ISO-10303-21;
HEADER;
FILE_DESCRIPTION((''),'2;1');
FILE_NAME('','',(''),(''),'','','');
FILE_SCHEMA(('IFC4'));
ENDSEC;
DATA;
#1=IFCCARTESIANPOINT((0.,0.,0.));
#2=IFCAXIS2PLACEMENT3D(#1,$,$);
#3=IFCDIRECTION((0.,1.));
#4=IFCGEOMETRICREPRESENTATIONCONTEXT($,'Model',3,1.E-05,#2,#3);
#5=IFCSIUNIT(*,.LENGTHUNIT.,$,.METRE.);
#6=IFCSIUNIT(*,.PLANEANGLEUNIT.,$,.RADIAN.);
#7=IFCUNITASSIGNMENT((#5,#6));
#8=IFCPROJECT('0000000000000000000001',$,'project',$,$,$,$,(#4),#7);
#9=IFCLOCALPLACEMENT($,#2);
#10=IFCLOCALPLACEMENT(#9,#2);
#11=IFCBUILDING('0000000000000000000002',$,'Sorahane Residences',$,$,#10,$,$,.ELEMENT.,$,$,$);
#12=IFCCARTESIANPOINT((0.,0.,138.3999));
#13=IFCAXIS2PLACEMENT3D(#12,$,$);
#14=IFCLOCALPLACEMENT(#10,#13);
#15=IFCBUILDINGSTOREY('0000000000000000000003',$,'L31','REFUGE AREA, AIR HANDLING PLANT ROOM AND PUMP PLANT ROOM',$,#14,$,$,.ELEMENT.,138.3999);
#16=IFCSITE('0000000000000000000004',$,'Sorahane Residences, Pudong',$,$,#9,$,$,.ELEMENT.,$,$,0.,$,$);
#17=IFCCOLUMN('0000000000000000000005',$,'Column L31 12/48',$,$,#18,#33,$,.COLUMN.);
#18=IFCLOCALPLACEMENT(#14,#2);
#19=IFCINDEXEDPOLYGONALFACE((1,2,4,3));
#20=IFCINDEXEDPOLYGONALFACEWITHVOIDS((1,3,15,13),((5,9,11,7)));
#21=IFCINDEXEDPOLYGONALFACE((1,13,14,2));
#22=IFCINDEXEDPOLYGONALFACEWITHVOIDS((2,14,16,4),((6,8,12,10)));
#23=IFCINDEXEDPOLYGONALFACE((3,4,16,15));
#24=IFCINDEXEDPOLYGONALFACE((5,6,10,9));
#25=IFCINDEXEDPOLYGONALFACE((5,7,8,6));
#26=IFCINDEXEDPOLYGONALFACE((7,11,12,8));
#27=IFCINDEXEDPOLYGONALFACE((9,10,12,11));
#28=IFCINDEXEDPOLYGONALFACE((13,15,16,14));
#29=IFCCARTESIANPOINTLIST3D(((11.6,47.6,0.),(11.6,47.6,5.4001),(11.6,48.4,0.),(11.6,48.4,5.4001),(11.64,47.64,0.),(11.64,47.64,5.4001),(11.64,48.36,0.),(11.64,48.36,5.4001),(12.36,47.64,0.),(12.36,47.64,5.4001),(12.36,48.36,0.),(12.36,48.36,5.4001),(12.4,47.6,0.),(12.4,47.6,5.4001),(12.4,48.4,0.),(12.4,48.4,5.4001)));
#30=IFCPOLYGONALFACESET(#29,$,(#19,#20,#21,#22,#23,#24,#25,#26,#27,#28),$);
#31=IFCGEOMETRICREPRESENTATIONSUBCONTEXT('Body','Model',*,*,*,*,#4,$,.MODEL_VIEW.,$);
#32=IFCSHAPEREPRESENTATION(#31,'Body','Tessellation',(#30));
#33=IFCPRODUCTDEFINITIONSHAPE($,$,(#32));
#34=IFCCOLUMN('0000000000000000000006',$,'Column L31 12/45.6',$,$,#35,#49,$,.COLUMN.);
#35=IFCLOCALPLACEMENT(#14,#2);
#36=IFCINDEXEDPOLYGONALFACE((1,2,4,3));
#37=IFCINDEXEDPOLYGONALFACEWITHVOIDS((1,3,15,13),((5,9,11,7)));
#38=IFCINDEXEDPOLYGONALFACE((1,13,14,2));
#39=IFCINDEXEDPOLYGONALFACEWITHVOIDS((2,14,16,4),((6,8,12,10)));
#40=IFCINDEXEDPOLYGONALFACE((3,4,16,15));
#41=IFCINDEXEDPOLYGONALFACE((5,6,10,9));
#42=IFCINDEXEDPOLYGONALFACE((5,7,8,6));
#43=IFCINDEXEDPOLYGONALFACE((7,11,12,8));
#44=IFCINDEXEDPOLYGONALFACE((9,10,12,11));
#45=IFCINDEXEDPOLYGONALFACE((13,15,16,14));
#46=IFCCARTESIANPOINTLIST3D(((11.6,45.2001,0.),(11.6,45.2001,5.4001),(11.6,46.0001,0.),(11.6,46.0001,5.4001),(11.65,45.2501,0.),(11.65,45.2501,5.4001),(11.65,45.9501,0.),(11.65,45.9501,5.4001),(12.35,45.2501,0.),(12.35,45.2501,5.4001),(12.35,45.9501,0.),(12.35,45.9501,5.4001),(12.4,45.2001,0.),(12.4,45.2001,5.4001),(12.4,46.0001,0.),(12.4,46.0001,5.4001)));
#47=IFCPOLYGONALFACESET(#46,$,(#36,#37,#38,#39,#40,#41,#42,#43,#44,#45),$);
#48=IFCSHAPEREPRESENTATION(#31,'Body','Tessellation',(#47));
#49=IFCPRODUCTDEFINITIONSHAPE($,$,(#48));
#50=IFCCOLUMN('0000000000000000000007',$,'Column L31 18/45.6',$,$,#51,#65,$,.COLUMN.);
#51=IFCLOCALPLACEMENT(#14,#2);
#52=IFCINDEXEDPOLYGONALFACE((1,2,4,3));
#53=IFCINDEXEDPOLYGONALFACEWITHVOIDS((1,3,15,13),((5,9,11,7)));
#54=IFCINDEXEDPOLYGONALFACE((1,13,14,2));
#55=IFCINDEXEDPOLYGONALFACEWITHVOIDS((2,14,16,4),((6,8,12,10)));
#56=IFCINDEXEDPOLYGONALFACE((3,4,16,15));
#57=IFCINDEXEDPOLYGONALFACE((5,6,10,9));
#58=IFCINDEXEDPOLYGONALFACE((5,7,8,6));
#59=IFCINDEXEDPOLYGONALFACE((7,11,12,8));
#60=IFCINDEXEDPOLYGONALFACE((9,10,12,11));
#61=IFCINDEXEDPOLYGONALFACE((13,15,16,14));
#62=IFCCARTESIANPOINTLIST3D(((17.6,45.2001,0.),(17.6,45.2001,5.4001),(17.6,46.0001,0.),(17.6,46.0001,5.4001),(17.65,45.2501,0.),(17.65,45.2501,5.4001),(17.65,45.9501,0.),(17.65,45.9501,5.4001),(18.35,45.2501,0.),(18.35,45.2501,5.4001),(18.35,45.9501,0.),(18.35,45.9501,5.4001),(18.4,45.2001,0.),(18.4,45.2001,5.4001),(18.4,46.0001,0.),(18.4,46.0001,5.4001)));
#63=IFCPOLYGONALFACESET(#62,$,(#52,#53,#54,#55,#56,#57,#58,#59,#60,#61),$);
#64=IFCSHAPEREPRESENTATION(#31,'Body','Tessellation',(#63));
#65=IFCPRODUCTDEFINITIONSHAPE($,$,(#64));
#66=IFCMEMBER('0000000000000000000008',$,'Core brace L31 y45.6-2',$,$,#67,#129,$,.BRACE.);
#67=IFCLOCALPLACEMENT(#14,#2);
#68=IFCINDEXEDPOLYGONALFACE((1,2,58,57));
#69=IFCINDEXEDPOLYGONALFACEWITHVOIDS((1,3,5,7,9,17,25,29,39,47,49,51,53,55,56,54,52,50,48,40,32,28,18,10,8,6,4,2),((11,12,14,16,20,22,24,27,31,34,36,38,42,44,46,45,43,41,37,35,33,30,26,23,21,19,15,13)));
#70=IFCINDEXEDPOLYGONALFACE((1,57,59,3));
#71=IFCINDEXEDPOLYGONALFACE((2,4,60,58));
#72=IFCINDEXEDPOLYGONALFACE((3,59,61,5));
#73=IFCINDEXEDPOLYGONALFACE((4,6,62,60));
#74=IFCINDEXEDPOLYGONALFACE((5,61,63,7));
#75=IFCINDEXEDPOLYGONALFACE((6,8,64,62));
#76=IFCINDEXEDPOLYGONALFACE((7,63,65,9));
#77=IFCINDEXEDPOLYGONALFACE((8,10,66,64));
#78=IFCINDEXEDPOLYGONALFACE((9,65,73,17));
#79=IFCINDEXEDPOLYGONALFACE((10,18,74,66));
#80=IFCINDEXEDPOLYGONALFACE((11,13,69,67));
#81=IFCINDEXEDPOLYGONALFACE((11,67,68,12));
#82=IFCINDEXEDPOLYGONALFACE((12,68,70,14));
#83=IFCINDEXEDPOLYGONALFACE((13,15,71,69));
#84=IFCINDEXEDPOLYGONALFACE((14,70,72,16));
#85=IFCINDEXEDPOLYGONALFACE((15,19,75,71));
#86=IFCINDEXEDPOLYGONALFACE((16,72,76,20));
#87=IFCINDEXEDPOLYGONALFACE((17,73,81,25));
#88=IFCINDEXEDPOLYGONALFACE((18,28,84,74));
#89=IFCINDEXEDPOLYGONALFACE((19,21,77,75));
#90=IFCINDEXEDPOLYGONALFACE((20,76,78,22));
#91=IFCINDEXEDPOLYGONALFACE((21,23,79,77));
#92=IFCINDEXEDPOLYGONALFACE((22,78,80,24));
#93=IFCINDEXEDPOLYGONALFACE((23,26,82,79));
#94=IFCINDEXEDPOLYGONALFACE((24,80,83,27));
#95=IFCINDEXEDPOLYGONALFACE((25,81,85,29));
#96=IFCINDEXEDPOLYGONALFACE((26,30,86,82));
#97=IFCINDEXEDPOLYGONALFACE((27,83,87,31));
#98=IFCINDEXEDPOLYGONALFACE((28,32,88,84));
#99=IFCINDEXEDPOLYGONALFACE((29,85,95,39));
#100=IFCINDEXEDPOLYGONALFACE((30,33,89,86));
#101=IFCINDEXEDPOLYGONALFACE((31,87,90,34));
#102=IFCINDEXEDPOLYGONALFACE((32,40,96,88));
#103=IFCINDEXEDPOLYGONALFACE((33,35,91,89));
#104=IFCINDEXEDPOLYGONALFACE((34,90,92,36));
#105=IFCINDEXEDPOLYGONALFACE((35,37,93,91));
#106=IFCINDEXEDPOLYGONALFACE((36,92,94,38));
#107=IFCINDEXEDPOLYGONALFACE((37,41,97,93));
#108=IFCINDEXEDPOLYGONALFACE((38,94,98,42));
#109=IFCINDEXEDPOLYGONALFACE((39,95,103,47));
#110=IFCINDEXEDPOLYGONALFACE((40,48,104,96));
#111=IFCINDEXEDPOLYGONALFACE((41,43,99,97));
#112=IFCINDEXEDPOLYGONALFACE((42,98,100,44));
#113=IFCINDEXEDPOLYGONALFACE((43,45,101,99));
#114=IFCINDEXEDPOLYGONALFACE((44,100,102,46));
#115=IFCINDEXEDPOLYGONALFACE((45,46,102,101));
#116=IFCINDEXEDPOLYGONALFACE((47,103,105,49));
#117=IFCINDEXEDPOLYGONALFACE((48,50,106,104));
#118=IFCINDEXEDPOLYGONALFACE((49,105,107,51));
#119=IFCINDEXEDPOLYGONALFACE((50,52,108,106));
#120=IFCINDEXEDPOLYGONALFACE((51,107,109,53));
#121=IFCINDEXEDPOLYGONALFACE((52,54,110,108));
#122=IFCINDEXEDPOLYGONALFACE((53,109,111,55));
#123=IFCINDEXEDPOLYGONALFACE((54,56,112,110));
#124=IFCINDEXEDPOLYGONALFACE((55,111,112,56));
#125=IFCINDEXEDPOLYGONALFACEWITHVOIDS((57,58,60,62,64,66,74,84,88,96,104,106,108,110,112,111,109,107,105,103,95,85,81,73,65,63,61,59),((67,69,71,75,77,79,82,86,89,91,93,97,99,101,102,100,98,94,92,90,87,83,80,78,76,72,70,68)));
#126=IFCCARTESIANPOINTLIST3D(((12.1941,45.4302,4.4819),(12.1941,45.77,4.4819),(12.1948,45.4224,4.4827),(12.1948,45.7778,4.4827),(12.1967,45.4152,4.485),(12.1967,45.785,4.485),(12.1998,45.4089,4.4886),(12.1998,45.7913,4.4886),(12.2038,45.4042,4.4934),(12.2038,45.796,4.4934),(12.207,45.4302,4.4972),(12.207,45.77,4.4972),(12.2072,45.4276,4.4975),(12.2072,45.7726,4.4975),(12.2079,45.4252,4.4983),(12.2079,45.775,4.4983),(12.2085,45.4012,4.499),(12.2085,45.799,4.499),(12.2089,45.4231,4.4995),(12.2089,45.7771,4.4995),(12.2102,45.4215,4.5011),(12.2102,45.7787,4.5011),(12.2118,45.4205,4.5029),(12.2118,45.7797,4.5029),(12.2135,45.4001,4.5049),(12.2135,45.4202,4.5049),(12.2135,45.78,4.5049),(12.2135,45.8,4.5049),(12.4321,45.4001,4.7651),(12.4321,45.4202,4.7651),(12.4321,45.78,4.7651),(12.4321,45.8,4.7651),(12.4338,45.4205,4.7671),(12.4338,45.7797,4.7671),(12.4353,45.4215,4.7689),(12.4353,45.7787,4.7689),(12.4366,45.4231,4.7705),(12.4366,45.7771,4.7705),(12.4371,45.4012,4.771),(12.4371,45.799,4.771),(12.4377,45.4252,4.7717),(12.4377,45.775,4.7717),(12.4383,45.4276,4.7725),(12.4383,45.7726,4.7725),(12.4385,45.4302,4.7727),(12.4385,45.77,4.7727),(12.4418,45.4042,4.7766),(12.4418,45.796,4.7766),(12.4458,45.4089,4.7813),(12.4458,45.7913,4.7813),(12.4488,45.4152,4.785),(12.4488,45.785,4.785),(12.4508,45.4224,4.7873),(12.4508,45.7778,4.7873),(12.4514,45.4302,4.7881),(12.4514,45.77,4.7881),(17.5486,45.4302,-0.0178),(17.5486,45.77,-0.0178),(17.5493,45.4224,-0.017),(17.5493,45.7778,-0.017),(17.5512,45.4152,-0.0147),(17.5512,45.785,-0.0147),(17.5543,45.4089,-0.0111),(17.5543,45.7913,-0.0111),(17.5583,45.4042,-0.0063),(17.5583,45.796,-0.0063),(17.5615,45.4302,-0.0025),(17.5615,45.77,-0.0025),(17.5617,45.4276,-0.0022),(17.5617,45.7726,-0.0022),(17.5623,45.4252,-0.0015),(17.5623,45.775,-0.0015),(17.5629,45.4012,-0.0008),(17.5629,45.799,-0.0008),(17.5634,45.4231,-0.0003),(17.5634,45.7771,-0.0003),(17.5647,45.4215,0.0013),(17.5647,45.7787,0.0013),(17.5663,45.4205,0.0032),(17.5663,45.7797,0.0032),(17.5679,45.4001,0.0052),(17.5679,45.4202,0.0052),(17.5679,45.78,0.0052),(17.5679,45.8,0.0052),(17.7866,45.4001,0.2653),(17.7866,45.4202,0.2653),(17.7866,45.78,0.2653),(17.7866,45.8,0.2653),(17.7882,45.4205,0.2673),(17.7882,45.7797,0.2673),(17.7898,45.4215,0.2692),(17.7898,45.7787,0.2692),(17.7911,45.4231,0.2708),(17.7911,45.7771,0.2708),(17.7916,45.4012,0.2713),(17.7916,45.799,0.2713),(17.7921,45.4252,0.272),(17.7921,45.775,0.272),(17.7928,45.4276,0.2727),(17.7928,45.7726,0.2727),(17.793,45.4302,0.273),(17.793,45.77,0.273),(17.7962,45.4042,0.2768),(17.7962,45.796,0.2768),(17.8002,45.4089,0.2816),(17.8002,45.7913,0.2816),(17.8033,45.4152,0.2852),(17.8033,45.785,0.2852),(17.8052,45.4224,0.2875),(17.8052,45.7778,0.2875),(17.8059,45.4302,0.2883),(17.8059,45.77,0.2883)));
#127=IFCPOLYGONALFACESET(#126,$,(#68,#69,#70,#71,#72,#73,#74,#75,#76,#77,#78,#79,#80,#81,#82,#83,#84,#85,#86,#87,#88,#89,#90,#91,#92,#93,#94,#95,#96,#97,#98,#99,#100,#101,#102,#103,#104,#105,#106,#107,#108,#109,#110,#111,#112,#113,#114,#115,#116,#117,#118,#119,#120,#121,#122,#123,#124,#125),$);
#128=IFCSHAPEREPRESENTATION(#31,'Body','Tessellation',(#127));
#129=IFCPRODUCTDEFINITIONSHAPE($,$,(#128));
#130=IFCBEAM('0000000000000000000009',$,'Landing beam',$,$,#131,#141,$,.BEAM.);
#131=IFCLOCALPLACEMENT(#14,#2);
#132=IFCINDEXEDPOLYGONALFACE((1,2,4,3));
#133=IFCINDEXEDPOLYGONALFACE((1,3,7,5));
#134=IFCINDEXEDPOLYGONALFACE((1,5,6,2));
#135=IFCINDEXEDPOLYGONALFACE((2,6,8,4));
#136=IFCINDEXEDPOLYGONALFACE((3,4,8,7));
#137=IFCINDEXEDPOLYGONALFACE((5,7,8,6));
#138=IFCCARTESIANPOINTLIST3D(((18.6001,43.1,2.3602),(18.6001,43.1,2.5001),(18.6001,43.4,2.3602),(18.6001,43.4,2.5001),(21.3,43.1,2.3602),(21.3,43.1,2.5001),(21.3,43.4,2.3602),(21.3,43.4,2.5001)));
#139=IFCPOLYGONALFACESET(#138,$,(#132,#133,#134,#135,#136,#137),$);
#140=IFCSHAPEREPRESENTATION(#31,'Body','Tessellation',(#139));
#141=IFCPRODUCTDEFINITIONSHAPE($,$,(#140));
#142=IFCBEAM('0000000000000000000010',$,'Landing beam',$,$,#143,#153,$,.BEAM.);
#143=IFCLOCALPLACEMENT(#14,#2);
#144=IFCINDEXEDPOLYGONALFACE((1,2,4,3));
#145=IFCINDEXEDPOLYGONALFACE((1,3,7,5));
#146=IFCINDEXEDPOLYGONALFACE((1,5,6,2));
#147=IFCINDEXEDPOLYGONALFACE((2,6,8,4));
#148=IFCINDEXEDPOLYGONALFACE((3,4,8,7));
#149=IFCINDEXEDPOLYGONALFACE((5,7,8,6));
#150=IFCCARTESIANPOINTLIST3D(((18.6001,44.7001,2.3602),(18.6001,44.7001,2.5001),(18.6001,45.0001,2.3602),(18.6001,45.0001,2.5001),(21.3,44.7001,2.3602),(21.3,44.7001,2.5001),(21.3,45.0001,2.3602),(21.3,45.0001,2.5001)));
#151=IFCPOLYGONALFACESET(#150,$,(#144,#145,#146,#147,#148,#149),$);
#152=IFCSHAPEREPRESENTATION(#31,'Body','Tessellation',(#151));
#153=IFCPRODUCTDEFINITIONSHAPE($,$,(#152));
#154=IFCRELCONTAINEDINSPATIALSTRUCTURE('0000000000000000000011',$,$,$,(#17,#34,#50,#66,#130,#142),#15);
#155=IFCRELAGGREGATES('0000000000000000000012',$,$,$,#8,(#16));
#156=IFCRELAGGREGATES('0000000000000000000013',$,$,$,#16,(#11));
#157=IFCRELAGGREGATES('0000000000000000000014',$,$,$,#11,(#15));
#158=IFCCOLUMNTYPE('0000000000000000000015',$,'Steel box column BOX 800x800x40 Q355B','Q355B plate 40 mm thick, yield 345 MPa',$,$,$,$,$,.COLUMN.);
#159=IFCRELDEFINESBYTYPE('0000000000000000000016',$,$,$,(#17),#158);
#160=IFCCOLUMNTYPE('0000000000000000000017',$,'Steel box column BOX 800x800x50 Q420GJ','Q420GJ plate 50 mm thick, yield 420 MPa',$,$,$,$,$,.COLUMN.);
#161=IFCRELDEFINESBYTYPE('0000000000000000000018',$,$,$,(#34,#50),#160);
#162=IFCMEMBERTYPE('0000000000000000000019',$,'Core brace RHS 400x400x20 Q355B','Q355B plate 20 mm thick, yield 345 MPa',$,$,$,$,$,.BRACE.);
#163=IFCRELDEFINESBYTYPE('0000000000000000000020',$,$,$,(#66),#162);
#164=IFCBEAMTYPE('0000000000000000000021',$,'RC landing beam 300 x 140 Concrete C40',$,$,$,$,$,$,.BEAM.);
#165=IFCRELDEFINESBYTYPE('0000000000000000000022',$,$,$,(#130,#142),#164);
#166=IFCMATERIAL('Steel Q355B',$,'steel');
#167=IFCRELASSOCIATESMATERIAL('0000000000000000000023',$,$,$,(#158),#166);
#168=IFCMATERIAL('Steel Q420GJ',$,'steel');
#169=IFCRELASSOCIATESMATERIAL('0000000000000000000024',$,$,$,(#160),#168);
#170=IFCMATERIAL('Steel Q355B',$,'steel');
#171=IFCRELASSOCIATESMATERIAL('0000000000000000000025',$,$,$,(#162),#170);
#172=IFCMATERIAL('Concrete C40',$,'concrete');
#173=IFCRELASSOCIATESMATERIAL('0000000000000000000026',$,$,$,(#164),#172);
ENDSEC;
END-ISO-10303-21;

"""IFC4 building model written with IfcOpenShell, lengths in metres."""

from ifc_helpers import new_model, si_unit, direction, frame, origin, origin_2d, place, context, subcontext, project, spatial, rectangle, hollow_rectangle, extrude, material, material_profile, profile_set, type_object, element, save


model = new_model("IFC4")

# Units and contexts
model_context = context("Model", 3, precision=1e-05, world=origin(), true_north=direction((0.0, 1.0)))
body_context = subcontext(model_context, "Body", "Model", "MODEL_VIEW")
ifc_project = project(units=[si_unit("LENGTHUNIT", "METRE"), si_unit("PLANEANGLEUNIT", "RADIAN")], contexts=[model_context])

# Site, building, storey
site_placement = place(None, origin())
site = spatial("IfcSite", under=ifc_project, at=site_placement, Name="Sorahane Residences, Pudong", CompositionType="ELEMENT", RefElevation=0.0)
building_placement = place(site_placement, origin())
building = spatial("IfcBuilding", under=site, at=building_placement, Name="Sorahane Residences", CompositionType="ELEMENT")
storey_placement = place(building_placement, frame((0.0, 0.0, 138.3999)))
storey = spatial("IfcBuildingStorey", under=building, at=storey_placement, Name="L31", Description="REFUGE AREA, AIR HANDLING PLANT ROOM AND PUMP PLANT ROOM", CompositionType="ELEMENT", Elevation=138.3999)

# Columns
ifc_material_1 = material(Name="Steel Q355B", Category="steel")
ifc_material_profile_1 = material_profile(ifc_material_1, hollow_rectangle(XDim=0.8, YDim=0.8, WallThickness=0.04, at=origin_2d()), Name="BOX 800x800x40")
ifc_profile_set_1 = profile_set([ifc_material_profile_1], Name="Steel Q355B")
column_type_1 = type_object("IfcColumnType", Name="Steel box column BOX 800x800x40 Q355B", Description="Q355B plate 40 mm thick, yield 345 MPa", PredefinedType="COLUMN", material=ifc_profile_set_1)
column_placement = place(storey_placement, frame((12.0, 48.0, 0.0), z_axis=(0.0, 0.0, 1.0), x_axis=(1.0, 0.0, 0.0)))
element("IfcColumn", 1, at=column_placement, inside=storey, type_object=column_type_1, Name="Column L31 12/48", PredefinedType="COLUMN", context=body_context, shape_type="SweptSolid", body=[
    extrude(hollow_rectangle(XDim=0.8, YDim=0.8, WallThickness=0.04, at=origin_2d()), origin(), (0.0, 0.0, 1.0), 5.4001),
])
ifc_material_2 = material(Name="Steel Q420GJ", Category="steel")
ifc_material_profile_2 = material_profile(ifc_material_2, hollow_rectangle(XDim=0.8, YDim=0.8, WallThickness=0.05, at=origin_2d()), Name="BOX 800x800x50")
ifc_profile_set_2 = profile_set([ifc_material_profile_2], Name="Steel Q420GJ")
column_type_2 = type_object("IfcColumnType", Name="Steel box column BOX 800x800x50 Q420GJ", Description="Q420GJ plate 50 mm thick, yield 420 MPa", PredefinedType="COLUMN", material=ifc_profile_set_2)
for number, where, z_axis, x_axis, name in (
    (2, (12.0, 45.6001, 0.0), (0.0, 0.0, 1.0), (1.0, 0.0, 0.0), "Column L31 12/45.6"),
    (3, (18.0, 45.6001, 0.0), (0.0, 0.0, 1.0), (1.0, 0.0, 0.0), "Column L31 18/45.6"),
):
    element("IfcColumn", number, at=place(storey_placement, frame(where, z_axis=z_axis, x_axis=x_axis)), inside=storey, type_object=column_type_2, Name=name, PredefinedType="COLUMN", context=body_context, shape_type="SweptSolid", body=[
        extrude(hollow_rectangle(XDim=0.8, YDim=0.8, WallThickness=0.05, at=origin_2d()), origin(), (0.0, 0.0, 1.0), 5.4001),
    ])

# Member
ifc_material_3 = material(Name="Steel Q355B", Category="steel")
ifc_material_profile_3 = material_profile(ifc_material_3, hollow_rectangle(XDim=0.3999, YDim=0.3999, WallThickness=0.02, InnerFilletRadius=0.01, OuterFilletRadius=0.03, at=origin_2d()), Name="RHS 400x400x20")
ifc_profile_set_3 = profile_set([ifc_material_profile_3], Name="Steel Q355B")
member_type = type_object("IfcMemberType", Name="Core brace RHS 400x400x20 Q355B", Description="Q355B plate 20 mm thick, yield 345 MPa", PredefinedType="BRACE", material=ifc_profile_set_3)
member_placement = place(storey_placement, frame((17.6772, 45.6001, 0.1353), z_axis=(-0.765565, 0.0, 0.643358), x_axis=(0.0, -1.0, 0.0)))
element("IfcMember", 4, at=member_placement, inside=storey, type_object=member_type, Name="Core brace L31 y45.6-2", PredefinedType="BRACE", context=body_context, shape_type="SweptSolid", body=[
    extrude(hollow_rectangle(XDim=0.3999, YDim=0.3999, WallThickness=0.02, InnerFilletRadius=0.01, OuterFilletRadius=0.03, at=origin_2d()), origin(), (0.0, 0.0, 1.0), 6.9941),
])

# Beams
ifc_material_4 = material(Name="Concrete C40", Category="concrete")
ifc_material_profile_4 = material_profile(ifc_material_4, rectangle(XDim=0.3, YDim=0.1399, at=origin_2d()), Name="300x140")
ifc_profile_set_4 = profile_set([ifc_material_profile_4], Name="Concrete C40")
beam_type_1 = type_object("IfcBeamType", Name="RC landing beam 300 x 140 Concrete C40", PredefinedType="BEAM", material=ifc_profile_set_4)
for number, where, z_axis, x_axis, name in (
    (5, (18.6001, 43.25, 2.4302), (1.0, 0.0, 0.0), (0.0, 1.0, 0.0), "Landing beam"),
    (6, (18.6001, 44.8501, 2.4302), (1.0, 0.0, 0.0), (0.0, 1.0, 0.0), "Landing beam"),
):
    element("IfcBeam", number, at=place(storey_placement, frame(where, z_axis=z_axis, x_axis=x_axis)), inside=storey, type_object=beam_type_1, Name=name, PredefinedType="BEAM", context=body_context, shape_type="SweptSolid", body=[
        extrude(rectangle(XDim=0.3, YDim=0.1399, at=origin_2d()), origin(), (0.0, 0.0, 1.0), 2.7),
    ])

save(model, "model.ifc")
